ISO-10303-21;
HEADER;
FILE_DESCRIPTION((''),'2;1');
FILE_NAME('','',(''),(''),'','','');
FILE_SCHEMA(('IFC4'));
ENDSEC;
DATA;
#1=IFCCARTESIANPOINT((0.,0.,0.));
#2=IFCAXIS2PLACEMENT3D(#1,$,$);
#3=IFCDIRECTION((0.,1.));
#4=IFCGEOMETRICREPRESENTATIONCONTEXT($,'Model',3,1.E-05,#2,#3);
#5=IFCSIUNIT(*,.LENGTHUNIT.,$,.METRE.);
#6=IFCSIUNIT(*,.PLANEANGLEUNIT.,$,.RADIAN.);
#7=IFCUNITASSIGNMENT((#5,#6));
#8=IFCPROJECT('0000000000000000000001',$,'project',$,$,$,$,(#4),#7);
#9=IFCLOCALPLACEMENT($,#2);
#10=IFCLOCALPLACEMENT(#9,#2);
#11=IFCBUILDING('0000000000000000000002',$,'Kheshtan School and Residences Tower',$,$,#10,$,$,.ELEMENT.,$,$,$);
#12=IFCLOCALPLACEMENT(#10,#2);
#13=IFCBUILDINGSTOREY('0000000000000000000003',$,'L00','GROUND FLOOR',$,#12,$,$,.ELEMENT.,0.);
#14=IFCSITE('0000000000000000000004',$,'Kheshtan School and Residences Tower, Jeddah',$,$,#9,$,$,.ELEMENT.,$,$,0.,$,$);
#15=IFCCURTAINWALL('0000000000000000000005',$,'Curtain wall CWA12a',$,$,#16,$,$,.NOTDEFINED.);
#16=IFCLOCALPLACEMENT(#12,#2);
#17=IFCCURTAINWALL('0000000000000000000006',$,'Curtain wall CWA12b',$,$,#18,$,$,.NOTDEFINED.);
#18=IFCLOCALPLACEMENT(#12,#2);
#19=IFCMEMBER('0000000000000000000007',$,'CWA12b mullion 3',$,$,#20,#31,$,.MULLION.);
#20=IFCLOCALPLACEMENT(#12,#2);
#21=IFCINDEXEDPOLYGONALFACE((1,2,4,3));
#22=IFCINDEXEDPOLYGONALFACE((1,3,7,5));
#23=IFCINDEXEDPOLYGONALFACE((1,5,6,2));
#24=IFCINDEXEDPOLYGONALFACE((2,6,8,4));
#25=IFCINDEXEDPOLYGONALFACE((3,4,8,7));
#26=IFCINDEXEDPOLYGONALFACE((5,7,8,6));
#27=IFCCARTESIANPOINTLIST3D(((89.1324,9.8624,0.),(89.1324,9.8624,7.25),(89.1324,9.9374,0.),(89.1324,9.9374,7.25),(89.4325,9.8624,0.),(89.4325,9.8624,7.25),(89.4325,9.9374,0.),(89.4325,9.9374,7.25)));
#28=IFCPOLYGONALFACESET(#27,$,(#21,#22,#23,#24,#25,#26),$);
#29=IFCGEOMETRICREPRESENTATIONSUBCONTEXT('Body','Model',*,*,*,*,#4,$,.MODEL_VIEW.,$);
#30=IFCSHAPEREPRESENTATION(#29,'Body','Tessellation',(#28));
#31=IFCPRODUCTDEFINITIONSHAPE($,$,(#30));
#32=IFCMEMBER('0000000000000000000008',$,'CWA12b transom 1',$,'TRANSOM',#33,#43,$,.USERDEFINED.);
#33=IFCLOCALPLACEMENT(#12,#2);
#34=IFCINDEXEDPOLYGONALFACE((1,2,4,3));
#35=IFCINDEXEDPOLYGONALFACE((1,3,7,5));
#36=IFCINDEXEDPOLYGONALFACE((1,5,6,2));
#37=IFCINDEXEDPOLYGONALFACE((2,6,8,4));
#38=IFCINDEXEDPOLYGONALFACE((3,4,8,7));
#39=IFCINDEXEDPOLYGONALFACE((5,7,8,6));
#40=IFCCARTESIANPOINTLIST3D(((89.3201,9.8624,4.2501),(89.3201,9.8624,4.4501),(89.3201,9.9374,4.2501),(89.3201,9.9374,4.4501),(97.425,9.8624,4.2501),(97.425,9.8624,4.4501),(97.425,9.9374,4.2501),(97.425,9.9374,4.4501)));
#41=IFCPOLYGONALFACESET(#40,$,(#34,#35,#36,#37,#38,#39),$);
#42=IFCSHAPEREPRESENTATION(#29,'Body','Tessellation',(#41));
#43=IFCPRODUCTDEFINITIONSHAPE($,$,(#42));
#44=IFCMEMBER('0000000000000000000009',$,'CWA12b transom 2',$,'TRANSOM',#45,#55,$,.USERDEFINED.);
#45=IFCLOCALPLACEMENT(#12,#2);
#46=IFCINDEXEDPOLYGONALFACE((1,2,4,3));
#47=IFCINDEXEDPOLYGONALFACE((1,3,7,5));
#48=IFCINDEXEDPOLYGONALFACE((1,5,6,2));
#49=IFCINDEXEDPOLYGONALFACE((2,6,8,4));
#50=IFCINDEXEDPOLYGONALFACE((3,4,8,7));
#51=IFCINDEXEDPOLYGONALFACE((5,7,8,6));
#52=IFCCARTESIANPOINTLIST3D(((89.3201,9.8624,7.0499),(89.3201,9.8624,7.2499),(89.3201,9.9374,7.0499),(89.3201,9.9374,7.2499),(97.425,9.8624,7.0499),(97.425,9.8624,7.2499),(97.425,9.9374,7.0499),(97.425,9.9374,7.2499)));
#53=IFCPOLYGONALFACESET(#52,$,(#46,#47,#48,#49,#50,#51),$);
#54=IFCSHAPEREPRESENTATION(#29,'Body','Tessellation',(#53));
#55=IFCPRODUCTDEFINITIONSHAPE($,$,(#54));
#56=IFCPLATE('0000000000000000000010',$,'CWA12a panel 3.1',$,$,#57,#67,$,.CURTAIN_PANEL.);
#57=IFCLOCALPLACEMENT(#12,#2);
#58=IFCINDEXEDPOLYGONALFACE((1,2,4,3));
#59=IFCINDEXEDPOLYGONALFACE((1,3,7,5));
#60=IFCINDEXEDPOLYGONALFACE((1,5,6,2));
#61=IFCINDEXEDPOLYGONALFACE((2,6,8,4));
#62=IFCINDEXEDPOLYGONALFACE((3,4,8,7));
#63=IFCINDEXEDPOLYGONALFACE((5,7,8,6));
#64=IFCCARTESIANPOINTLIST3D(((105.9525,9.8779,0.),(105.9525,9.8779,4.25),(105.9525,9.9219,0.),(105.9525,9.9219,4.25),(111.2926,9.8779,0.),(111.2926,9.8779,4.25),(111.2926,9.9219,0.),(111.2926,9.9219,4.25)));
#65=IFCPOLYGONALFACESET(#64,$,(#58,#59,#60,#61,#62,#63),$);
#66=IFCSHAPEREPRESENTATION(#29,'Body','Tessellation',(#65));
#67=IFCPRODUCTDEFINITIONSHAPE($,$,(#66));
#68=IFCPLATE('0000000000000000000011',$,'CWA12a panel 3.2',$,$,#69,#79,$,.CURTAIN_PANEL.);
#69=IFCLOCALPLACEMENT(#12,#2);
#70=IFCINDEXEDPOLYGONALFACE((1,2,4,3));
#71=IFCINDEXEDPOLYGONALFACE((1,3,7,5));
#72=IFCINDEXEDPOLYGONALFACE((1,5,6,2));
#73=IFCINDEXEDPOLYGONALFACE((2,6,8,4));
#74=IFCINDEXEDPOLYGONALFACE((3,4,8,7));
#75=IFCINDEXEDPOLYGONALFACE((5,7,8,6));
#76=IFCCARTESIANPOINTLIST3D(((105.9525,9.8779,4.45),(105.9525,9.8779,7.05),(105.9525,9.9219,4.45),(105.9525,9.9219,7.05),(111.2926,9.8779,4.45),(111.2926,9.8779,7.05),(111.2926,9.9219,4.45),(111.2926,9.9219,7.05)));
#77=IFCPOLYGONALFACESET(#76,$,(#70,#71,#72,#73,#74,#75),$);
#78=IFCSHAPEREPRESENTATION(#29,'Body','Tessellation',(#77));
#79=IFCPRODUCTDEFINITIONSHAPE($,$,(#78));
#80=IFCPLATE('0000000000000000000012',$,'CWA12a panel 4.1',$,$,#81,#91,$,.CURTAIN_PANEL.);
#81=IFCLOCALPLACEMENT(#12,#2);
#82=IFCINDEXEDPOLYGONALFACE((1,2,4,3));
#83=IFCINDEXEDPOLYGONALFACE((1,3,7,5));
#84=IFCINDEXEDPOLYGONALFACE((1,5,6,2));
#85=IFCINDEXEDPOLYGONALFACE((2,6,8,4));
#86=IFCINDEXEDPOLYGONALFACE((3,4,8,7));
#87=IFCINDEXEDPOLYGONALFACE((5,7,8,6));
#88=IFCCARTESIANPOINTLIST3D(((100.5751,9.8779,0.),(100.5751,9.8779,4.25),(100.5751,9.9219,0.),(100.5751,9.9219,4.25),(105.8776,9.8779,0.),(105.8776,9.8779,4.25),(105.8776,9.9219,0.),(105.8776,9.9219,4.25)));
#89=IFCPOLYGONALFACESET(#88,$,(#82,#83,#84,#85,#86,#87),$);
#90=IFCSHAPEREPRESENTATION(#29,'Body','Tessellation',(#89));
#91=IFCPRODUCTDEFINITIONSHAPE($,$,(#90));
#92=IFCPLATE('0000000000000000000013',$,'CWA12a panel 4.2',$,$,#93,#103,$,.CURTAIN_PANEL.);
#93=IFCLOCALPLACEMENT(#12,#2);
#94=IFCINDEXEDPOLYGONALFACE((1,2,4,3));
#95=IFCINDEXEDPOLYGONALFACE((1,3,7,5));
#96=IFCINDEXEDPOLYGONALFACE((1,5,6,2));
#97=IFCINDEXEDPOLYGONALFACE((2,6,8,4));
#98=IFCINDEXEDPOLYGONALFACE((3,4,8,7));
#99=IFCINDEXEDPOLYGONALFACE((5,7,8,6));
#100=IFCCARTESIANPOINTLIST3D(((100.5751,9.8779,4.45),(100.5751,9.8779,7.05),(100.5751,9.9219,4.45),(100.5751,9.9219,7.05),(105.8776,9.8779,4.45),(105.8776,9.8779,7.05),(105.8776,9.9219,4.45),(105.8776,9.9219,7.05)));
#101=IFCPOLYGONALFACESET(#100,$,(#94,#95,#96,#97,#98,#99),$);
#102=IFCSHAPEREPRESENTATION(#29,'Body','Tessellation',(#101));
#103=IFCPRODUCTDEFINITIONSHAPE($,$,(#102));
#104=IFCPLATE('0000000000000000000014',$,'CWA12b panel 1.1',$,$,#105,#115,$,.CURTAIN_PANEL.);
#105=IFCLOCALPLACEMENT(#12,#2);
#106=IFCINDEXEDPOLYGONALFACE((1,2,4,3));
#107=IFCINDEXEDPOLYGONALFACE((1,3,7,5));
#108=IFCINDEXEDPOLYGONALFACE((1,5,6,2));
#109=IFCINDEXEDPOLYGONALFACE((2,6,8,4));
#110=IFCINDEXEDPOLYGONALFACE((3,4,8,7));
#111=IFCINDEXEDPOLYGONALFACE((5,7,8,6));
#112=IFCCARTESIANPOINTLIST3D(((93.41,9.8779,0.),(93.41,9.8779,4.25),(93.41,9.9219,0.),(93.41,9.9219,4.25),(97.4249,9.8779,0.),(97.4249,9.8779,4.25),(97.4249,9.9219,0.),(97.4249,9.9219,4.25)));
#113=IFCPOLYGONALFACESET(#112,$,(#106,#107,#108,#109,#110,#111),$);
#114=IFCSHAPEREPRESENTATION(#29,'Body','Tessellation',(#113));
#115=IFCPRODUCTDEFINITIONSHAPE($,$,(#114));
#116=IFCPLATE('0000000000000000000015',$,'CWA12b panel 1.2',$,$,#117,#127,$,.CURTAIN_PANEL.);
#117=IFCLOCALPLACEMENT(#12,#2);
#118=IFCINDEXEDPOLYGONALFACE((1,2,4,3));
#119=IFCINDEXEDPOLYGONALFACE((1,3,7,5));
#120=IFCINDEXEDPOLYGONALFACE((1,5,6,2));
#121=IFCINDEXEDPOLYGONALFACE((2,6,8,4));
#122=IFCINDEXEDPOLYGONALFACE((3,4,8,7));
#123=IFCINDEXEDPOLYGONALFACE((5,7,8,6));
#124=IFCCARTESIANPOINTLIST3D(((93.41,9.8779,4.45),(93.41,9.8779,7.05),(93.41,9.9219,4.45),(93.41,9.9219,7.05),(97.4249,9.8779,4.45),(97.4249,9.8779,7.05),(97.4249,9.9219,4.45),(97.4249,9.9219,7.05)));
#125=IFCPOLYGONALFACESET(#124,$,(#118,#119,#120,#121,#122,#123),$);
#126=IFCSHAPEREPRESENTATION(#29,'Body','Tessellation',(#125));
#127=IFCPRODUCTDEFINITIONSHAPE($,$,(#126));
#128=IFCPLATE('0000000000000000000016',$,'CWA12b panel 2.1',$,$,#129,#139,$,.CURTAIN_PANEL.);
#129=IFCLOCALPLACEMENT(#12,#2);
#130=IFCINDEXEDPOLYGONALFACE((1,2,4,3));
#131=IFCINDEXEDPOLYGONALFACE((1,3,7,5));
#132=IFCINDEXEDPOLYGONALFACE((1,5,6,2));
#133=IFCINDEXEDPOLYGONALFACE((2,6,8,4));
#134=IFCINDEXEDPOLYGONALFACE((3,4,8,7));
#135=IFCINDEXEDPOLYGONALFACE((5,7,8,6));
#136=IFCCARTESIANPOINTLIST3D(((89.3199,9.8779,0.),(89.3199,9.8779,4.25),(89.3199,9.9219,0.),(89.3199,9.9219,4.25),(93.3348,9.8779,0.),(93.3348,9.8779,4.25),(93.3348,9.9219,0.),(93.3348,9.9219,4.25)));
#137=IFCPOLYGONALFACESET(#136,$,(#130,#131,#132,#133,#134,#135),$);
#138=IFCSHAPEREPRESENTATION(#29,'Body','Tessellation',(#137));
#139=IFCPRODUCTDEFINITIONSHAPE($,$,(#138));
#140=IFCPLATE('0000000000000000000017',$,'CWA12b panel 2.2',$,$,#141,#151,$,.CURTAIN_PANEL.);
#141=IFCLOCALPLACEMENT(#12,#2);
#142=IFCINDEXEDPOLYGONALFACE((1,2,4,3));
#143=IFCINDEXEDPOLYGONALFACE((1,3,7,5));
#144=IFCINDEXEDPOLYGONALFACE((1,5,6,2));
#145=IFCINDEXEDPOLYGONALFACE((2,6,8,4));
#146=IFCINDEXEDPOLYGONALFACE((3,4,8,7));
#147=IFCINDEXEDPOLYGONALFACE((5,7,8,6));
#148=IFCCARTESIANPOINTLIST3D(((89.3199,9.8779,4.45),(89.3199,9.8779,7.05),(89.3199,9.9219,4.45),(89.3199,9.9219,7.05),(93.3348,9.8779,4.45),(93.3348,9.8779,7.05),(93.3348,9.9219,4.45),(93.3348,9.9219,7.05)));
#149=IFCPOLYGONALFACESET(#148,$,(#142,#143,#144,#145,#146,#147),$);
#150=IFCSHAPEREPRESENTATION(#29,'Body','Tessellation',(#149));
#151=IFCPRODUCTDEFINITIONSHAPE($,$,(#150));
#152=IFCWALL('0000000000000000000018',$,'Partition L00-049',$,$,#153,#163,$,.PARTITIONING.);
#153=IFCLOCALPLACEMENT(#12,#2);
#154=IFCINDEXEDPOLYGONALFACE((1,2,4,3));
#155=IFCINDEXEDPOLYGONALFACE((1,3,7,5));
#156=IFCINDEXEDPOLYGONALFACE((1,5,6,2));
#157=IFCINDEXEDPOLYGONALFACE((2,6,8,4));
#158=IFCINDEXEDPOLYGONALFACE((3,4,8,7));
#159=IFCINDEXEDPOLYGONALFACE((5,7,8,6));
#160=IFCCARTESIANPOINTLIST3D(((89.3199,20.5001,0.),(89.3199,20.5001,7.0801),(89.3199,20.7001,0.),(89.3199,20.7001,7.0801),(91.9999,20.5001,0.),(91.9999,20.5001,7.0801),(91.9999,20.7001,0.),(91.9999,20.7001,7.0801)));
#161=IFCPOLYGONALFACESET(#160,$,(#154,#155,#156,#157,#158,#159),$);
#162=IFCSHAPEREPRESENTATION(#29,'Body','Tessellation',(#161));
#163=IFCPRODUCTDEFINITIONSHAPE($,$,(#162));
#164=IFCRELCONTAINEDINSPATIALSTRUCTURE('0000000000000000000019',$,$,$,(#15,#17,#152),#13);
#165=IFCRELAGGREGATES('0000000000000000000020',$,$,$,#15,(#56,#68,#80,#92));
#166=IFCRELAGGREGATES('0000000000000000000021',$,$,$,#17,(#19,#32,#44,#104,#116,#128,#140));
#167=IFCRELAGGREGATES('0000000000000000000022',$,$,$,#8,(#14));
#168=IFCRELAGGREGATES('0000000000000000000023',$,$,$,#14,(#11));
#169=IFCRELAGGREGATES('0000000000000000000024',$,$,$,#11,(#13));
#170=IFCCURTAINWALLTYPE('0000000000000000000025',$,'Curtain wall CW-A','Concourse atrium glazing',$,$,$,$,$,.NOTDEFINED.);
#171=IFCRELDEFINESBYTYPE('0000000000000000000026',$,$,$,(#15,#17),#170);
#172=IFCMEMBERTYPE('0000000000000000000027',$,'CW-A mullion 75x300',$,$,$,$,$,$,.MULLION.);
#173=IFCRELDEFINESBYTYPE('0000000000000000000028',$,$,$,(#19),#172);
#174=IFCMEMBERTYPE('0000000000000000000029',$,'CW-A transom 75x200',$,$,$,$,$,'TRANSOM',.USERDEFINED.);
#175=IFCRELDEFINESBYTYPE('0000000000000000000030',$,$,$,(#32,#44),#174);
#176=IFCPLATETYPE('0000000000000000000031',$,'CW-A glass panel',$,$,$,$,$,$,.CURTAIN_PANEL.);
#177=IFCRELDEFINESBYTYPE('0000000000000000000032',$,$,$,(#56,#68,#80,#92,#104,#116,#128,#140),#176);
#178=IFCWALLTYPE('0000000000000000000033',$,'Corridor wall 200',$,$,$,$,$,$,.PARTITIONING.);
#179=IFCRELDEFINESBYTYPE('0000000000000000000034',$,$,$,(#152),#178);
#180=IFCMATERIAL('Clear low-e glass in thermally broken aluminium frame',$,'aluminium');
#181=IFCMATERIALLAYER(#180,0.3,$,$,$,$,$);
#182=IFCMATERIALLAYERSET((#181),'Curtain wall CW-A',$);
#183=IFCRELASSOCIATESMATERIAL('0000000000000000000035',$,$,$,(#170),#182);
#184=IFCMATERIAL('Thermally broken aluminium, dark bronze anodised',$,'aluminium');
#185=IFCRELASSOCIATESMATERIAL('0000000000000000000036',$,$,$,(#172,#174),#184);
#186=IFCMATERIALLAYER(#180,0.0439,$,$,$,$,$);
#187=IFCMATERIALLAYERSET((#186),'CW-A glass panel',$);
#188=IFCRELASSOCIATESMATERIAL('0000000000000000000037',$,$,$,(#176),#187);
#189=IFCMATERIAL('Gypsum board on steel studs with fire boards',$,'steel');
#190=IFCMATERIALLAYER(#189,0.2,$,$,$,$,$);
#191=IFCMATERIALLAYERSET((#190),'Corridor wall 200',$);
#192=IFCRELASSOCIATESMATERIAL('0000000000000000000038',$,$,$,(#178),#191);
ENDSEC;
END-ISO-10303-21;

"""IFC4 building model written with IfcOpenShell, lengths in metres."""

from ifc_helpers import new_model, si_unit, direction, frame, frame_2d, origin, origin_2d, place, context, subcontext, project, spatial, rectangle, extrude, material, layer, layer_set, material_profile, profile_set, type_object, element, aggregate, save


model = new_model("IFC4")

# Units and contexts
model_context = context("Model", 3, precision=1e-05, world=origin(), true_north=direction((0.0, 1.0)))
body_context = subcontext(model_context, "Body", "Model", "MODEL_VIEW")
ifc_project = project(units=[si_unit("LENGTHUNIT", "METRE"), si_unit("PLANEANGLEUNIT", "RADIAN")], contexts=[model_context])

# Site, building, storey
site_placement = place(None, origin())
site = spatial("IfcSite", under=ifc_project, at=site_placement, Name="Kheshtan School and Residences Tower, Jeddah", CompositionType="ELEMENT", RefElevation=0.0)
building_placement = place(site_placement, origin())
building = spatial("IfcBuilding", under=site, at=building_placement, Name="Kheshtan School and Residences Tower", CompositionType="ELEMENT")
storey_placement = place(building_placement, origin())
storey = spatial("IfcBuildingStorey", under=building, at=storey_placement, Name="L00", Description="GROUND FLOOR", CompositionType="ELEMENT", Elevation=0.0)

# Curtain walls, members
ifc_material_1 = material(Name="Clear low-e glass in thermally broken aluminium frame", Category="aluminium")
ifc_layer_1 = layer(ifc_material_1, 0.3)
ifc_layer_set_1 = layer_set([ifc_layer_1], Name="Curtain wall CW-A")
curtain_wall_type = type_object("IfcCurtainWallType", Name="Curtain wall CW-A", Description="Concourse atrium glazing", PredefinedType="NOTDEFINED", material=ifc_layer_set_1)
curtain_wall_1_placement = place(storey_placement, origin())
curtain_wall_1 = element("IfcCurtainWall", 1, at=curtain_wall_1_placement, inside=storey, type_object=curtain_wall_type, Name="Curtain wall CWA12a", PredefinedType="NOTDEFINED")
ifc_material_2 = material(Name="Thermally broken aluminium, dark bronze anodised", Category="aluminium")
ifc_material_profile_1 = material_profile(ifc_material_2, rectangle(XDim=0.075, YDim=0.3, at=origin_2d()), Name="CW-A mullion 75x300")
ifc_profile_set_1 = profile_set([ifc_material_profile_1], Name="Thermally broken aluminium, dark bronze anodised")
member_type_1 = type_object("IfcMemberType", Name="CW-A mullion 75x300", PredefinedType="MULLION", material=ifc_profile_set_1)
curtain_wall_2_placement = place(storey_placement, origin())
curtain_wall_2 = element("IfcCurtainWall", 2, at=curtain_wall_2_placement, inside=storey, type_object=curtain_wall_type, Name="Curtain wall CWA12b", PredefinedType="NOTDEFINED")
member_1_placement = place(storey_placement, frame((89.2825, 9.8999, 0.0), z_axis=(0.0, 0.0, 1.0), x_axis=(0.0, -1.0, 0.0)))
member_1 = element("IfcMember", 3, at=member_1_placement, type_object=member_type_1, Name="CWA12b mullion 3", PredefinedType="MULLION", context=body_context, shape_type="SweptSolid", body=[
    extrude(rectangle(XDim=0.075, YDim=0.3, at=origin_2d()), origin(), (0.0, 0.0, 1.0), 7.25),
])
ifc_material_profile_2 = material_profile(ifc_material_2, rectangle(XDim=0.075, YDim=0.2, at=origin_2d()), Name="CW-A transom 75x200")
ifc_profile_set_2 = profile_set([ifc_material_profile_2], Name="Thermally broken aluminium, dark bronze anodised")
member_type_2 = type_object("IfcMemberType", Name="CW-A transom 75x200", ElementType="TRANSOM", PredefinedType="USERDEFINED", material=ifc_profile_set_2)
member_2_placement = place(storey_placement, frame((97.425, 9.8999, 4.3501), z_axis=(-1.0, 0.0, 0.0), x_axis=(0.0, -1.0, 0.0)))
member_2 = element("IfcMember", 4, at=member_2_placement, type_object=member_type_2, Name="CWA12b transom 1", ObjectType="TRANSOM", PredefinedType="USERDEFINED", context=body_context, shape_type="SweptSolid", body=[
    extrude(rectangle(XDim=0.075, YDim=0.2, at=origin_2d()), origin(), (0.0, 0.0, 1.0), 8.105),
])
member_3_placement = place(storey_placement, frame((97.425, 9.8999, 7.1499), z_axis=(-1.0, 0.0, 0.0), x_axis=(0.0, -1.0, 0.0)))
member_3 = element("IfcMember", 5, at=member_3_placement, type_object=member_type_2, Name="CWA12b transom 2", ObjectType="TRANSOM", PredefinedType="USERDEFINED", context=body_context, shape_type="SweptSolid", body=[
    extrude(rectangle(XDim=0.075, YDim=0.2, at=origin_2d()), origin(), (0.0, 0.0, 1.0), 8.105),
])

# Plates
ifc_layer_2 = layer(ifc_material_1, 0.0439)
ifc_layer_set_2 = layer_set([ifc_layer_2], Name="CW-A glass panel")
plate_type = type_object("IfcPlateType", Name="CW-A glass panel", PredefinedType="CURTAIN_PANEL", material=ifc_layer_set_2)
plate_1_placement = place(storey_placement, frame((108.6226, 9.8999, 0.0), z_axis=(0.0, 0.0, 1.0), x_axis=(-1.0, 0.0, 0.0)))
plate_1 = element("IfcPlate", 6, at=plate_1_placement, type_object=plate_type, Name="CWA12a panel 3.1", PredefinedType="CURTAIN_PANEL", context=body_context, shape_type="SweptSolid", body=[
    extrude(rectangle(XDim=5.3401, YDim=0.0439, at=origin_2d()), origin(), (0.0, 0.0, 1.0), 4.25),
])
plate_2_placement = place(storey_placement, frame((108.6226, 9.8999, 4.45), z_axis=(0.0, 0.0, 1.0), x_axis=(-1.0, 0.0, 0.0)))
plate_2 = element("IfcPlate", 7, at=plate_2_placement, type_object=plate_type, Name="CWA12a panel 3.2", PredefinedType="CURTAIN_PANEL", context=body_context, shape_type="SweptSolid", body=[
    extrude(rectangle(XDim=5.3401, YDim=0.0439, at=origin_2d()), origin(), (0.0, 0.0, 1.0), 2.6001),
])
plate_3_placement = place(storey_placement, frame((103.2263, 9.8999, 0.0), z_axis=(0.0, 0.0, 1.0), x_axis=(-1.0, 0.0, 0.0)))
plate_3 = element("IfcPlate", 8, at=plate_3_placement, type_object=plate_type, Name="CWA12a panel 4.1", PredefinedType="CURTAIN_PANEL", context=body_context, shape_type="SweptSolid", body=[
    extrude(rectangle(XDim=5.3025, YDim=0.0439, at=origin_2d()), origin(), (0.0, 0.0, 1.0), 4.25),
])
plate_4_placement = place(storey_placement, frame((103.2263, 9.8999, 4.45), z_axis=(0.0, 0.0, 1.0), x_axis=(-1.0, 0.0, 0.0)))
plate_4 = element("IfcPlate", 9, at=plate_4_placement, type_object=plate_type, Name="CWA12a panel 4.2", PredefinedType="CURTAIN_PANEL", context=body_context, shape_type="SweptSolid", body=[
    extrude(rectangle(XDim=5.3025, YDim=0.0439, at=origin_2d()), origin(), (0.0, 0.0, 1.0), 2.6001),
])
aggregate(curtain_wall_1, [plate_1, plate_2, plate_3, plate_4])
plate_5_placement = place(storey_placement, frame((95.4175, 9.8999, 0.0), z_axis=(0.0, 0.0, 1.0), x_axis=(-1.0, 0.0, 0.0)))
plate_5 = element("IfcPlate", 10, at=plate_5_placement, type_object=plate_type, Name="CWA12b panel 1.1", PredefinedType="CURTAIN_PANEL", context=body_context, shape_type="SweptSolid", body=[
    extrude(rectangle(XDim=4.0149, YDim=0.0439, at=origin_2d()), origin(), (0.0, 0.0, 1.0), 4.25),
])
plate_6_placement = place(storey_placement, frame((95.4175, 9.8999, 4.45), z_axis=(0.0, 0.0, 1.0), x_axis=(-1.0, 0.0, 0.0)))
plate_6 = element("IfcPlate", 11, at=plate_6_placement, type_object=plate_type, Name="CWA12b panel 1.2", PredefinedType="CURTAIN_PANEL", context=body_context, shape_type="SweptSolid", body=[
    extrude(rectangle(XDim=4.0149, YDim=0.0439, at=origin_2d()), origin(), (0.0, 0.0, 1.0), 2.6001),
])
plate_7_placement = place(storey_placement, frame((91.3274, 9.8999, 0.0), z_axis=(0.0, 0.0, 1.0), x_axis=(-1.0, 0.0, 0.0)))
plate_7 = element("IfcPlate", 12, at=plate_7_placement, type_object=plate_type, Name="CWA12b panel 2.1", PredefinedType="CURTAIN_PANEL", context=body_context, shape_type="SweptSolid", body=[
    extrude(rectangle(XDim=4.0149, YDim=0.0439, at=origin_2d()), origin(), (0.0, 0.0, 1.0), 4.25),
])
plate_8_placement = place(storey_placement, frame((91.3274, 9.8999, 4.45), z_axis=(0.0, 0.0, 1.0), x_axis=(-1.0, 0.0, 0.0)))
plate_8 = element("IfcPlate", 13, at=plate_8_placement, type_object=plate_type, Name="CWA12b panel 2.2", PredefinedType="CURTAIN_PANEL", context=body_context, shape_type="SweptSolid", body=[
    extrude(rectangle(XDim=4.0149, YDim=0.0439, at=origin_2d()), origin(), (0.0, 0.0, 1.0), 2.6001),
])
aggregate(curtain_wall_2, [member_1, member_2, member_3, plate_5, plate_6, plate_7, plate_8])

# Wall
ifc_material_3 = material(Name="Gypsum board on steel studs with fire boards", Category="steel")
ifc_layer_3 = layer(ifc_material_3, 0.2)
ifc_layer_set_3 = layer_set([ifc_layer_3], Name="Corridor wall 200")
wall_type_1 = type_object("IfcWallType", Name="Corridor wall 200", PredefinedType="PARTITIONING", material=ifc_layer_set_3)
wall_1_placement = place(storey_placement, frame((89.3201, 20.6001, 0.0), z_axis=(0.0, 0.0, 1.0), x_axis=(1.0, 0.0, 0.0)))
element("IfcWall", 14, at=wall_1_placement, inside=storey, type_object=wall_type_1, Name="Partition L00-049", PredefinedType="PARTITIONING", context=body_context, shape_type="SweptSolid", body=[
    extrude(rectangle(XDim=2.6799, YDim=0.2, at=frame_2d((1.3398, 0.0))), origin(), (0.0, 0.0, 1.0), 7.0801),
])

save(model, "model.ifc")
